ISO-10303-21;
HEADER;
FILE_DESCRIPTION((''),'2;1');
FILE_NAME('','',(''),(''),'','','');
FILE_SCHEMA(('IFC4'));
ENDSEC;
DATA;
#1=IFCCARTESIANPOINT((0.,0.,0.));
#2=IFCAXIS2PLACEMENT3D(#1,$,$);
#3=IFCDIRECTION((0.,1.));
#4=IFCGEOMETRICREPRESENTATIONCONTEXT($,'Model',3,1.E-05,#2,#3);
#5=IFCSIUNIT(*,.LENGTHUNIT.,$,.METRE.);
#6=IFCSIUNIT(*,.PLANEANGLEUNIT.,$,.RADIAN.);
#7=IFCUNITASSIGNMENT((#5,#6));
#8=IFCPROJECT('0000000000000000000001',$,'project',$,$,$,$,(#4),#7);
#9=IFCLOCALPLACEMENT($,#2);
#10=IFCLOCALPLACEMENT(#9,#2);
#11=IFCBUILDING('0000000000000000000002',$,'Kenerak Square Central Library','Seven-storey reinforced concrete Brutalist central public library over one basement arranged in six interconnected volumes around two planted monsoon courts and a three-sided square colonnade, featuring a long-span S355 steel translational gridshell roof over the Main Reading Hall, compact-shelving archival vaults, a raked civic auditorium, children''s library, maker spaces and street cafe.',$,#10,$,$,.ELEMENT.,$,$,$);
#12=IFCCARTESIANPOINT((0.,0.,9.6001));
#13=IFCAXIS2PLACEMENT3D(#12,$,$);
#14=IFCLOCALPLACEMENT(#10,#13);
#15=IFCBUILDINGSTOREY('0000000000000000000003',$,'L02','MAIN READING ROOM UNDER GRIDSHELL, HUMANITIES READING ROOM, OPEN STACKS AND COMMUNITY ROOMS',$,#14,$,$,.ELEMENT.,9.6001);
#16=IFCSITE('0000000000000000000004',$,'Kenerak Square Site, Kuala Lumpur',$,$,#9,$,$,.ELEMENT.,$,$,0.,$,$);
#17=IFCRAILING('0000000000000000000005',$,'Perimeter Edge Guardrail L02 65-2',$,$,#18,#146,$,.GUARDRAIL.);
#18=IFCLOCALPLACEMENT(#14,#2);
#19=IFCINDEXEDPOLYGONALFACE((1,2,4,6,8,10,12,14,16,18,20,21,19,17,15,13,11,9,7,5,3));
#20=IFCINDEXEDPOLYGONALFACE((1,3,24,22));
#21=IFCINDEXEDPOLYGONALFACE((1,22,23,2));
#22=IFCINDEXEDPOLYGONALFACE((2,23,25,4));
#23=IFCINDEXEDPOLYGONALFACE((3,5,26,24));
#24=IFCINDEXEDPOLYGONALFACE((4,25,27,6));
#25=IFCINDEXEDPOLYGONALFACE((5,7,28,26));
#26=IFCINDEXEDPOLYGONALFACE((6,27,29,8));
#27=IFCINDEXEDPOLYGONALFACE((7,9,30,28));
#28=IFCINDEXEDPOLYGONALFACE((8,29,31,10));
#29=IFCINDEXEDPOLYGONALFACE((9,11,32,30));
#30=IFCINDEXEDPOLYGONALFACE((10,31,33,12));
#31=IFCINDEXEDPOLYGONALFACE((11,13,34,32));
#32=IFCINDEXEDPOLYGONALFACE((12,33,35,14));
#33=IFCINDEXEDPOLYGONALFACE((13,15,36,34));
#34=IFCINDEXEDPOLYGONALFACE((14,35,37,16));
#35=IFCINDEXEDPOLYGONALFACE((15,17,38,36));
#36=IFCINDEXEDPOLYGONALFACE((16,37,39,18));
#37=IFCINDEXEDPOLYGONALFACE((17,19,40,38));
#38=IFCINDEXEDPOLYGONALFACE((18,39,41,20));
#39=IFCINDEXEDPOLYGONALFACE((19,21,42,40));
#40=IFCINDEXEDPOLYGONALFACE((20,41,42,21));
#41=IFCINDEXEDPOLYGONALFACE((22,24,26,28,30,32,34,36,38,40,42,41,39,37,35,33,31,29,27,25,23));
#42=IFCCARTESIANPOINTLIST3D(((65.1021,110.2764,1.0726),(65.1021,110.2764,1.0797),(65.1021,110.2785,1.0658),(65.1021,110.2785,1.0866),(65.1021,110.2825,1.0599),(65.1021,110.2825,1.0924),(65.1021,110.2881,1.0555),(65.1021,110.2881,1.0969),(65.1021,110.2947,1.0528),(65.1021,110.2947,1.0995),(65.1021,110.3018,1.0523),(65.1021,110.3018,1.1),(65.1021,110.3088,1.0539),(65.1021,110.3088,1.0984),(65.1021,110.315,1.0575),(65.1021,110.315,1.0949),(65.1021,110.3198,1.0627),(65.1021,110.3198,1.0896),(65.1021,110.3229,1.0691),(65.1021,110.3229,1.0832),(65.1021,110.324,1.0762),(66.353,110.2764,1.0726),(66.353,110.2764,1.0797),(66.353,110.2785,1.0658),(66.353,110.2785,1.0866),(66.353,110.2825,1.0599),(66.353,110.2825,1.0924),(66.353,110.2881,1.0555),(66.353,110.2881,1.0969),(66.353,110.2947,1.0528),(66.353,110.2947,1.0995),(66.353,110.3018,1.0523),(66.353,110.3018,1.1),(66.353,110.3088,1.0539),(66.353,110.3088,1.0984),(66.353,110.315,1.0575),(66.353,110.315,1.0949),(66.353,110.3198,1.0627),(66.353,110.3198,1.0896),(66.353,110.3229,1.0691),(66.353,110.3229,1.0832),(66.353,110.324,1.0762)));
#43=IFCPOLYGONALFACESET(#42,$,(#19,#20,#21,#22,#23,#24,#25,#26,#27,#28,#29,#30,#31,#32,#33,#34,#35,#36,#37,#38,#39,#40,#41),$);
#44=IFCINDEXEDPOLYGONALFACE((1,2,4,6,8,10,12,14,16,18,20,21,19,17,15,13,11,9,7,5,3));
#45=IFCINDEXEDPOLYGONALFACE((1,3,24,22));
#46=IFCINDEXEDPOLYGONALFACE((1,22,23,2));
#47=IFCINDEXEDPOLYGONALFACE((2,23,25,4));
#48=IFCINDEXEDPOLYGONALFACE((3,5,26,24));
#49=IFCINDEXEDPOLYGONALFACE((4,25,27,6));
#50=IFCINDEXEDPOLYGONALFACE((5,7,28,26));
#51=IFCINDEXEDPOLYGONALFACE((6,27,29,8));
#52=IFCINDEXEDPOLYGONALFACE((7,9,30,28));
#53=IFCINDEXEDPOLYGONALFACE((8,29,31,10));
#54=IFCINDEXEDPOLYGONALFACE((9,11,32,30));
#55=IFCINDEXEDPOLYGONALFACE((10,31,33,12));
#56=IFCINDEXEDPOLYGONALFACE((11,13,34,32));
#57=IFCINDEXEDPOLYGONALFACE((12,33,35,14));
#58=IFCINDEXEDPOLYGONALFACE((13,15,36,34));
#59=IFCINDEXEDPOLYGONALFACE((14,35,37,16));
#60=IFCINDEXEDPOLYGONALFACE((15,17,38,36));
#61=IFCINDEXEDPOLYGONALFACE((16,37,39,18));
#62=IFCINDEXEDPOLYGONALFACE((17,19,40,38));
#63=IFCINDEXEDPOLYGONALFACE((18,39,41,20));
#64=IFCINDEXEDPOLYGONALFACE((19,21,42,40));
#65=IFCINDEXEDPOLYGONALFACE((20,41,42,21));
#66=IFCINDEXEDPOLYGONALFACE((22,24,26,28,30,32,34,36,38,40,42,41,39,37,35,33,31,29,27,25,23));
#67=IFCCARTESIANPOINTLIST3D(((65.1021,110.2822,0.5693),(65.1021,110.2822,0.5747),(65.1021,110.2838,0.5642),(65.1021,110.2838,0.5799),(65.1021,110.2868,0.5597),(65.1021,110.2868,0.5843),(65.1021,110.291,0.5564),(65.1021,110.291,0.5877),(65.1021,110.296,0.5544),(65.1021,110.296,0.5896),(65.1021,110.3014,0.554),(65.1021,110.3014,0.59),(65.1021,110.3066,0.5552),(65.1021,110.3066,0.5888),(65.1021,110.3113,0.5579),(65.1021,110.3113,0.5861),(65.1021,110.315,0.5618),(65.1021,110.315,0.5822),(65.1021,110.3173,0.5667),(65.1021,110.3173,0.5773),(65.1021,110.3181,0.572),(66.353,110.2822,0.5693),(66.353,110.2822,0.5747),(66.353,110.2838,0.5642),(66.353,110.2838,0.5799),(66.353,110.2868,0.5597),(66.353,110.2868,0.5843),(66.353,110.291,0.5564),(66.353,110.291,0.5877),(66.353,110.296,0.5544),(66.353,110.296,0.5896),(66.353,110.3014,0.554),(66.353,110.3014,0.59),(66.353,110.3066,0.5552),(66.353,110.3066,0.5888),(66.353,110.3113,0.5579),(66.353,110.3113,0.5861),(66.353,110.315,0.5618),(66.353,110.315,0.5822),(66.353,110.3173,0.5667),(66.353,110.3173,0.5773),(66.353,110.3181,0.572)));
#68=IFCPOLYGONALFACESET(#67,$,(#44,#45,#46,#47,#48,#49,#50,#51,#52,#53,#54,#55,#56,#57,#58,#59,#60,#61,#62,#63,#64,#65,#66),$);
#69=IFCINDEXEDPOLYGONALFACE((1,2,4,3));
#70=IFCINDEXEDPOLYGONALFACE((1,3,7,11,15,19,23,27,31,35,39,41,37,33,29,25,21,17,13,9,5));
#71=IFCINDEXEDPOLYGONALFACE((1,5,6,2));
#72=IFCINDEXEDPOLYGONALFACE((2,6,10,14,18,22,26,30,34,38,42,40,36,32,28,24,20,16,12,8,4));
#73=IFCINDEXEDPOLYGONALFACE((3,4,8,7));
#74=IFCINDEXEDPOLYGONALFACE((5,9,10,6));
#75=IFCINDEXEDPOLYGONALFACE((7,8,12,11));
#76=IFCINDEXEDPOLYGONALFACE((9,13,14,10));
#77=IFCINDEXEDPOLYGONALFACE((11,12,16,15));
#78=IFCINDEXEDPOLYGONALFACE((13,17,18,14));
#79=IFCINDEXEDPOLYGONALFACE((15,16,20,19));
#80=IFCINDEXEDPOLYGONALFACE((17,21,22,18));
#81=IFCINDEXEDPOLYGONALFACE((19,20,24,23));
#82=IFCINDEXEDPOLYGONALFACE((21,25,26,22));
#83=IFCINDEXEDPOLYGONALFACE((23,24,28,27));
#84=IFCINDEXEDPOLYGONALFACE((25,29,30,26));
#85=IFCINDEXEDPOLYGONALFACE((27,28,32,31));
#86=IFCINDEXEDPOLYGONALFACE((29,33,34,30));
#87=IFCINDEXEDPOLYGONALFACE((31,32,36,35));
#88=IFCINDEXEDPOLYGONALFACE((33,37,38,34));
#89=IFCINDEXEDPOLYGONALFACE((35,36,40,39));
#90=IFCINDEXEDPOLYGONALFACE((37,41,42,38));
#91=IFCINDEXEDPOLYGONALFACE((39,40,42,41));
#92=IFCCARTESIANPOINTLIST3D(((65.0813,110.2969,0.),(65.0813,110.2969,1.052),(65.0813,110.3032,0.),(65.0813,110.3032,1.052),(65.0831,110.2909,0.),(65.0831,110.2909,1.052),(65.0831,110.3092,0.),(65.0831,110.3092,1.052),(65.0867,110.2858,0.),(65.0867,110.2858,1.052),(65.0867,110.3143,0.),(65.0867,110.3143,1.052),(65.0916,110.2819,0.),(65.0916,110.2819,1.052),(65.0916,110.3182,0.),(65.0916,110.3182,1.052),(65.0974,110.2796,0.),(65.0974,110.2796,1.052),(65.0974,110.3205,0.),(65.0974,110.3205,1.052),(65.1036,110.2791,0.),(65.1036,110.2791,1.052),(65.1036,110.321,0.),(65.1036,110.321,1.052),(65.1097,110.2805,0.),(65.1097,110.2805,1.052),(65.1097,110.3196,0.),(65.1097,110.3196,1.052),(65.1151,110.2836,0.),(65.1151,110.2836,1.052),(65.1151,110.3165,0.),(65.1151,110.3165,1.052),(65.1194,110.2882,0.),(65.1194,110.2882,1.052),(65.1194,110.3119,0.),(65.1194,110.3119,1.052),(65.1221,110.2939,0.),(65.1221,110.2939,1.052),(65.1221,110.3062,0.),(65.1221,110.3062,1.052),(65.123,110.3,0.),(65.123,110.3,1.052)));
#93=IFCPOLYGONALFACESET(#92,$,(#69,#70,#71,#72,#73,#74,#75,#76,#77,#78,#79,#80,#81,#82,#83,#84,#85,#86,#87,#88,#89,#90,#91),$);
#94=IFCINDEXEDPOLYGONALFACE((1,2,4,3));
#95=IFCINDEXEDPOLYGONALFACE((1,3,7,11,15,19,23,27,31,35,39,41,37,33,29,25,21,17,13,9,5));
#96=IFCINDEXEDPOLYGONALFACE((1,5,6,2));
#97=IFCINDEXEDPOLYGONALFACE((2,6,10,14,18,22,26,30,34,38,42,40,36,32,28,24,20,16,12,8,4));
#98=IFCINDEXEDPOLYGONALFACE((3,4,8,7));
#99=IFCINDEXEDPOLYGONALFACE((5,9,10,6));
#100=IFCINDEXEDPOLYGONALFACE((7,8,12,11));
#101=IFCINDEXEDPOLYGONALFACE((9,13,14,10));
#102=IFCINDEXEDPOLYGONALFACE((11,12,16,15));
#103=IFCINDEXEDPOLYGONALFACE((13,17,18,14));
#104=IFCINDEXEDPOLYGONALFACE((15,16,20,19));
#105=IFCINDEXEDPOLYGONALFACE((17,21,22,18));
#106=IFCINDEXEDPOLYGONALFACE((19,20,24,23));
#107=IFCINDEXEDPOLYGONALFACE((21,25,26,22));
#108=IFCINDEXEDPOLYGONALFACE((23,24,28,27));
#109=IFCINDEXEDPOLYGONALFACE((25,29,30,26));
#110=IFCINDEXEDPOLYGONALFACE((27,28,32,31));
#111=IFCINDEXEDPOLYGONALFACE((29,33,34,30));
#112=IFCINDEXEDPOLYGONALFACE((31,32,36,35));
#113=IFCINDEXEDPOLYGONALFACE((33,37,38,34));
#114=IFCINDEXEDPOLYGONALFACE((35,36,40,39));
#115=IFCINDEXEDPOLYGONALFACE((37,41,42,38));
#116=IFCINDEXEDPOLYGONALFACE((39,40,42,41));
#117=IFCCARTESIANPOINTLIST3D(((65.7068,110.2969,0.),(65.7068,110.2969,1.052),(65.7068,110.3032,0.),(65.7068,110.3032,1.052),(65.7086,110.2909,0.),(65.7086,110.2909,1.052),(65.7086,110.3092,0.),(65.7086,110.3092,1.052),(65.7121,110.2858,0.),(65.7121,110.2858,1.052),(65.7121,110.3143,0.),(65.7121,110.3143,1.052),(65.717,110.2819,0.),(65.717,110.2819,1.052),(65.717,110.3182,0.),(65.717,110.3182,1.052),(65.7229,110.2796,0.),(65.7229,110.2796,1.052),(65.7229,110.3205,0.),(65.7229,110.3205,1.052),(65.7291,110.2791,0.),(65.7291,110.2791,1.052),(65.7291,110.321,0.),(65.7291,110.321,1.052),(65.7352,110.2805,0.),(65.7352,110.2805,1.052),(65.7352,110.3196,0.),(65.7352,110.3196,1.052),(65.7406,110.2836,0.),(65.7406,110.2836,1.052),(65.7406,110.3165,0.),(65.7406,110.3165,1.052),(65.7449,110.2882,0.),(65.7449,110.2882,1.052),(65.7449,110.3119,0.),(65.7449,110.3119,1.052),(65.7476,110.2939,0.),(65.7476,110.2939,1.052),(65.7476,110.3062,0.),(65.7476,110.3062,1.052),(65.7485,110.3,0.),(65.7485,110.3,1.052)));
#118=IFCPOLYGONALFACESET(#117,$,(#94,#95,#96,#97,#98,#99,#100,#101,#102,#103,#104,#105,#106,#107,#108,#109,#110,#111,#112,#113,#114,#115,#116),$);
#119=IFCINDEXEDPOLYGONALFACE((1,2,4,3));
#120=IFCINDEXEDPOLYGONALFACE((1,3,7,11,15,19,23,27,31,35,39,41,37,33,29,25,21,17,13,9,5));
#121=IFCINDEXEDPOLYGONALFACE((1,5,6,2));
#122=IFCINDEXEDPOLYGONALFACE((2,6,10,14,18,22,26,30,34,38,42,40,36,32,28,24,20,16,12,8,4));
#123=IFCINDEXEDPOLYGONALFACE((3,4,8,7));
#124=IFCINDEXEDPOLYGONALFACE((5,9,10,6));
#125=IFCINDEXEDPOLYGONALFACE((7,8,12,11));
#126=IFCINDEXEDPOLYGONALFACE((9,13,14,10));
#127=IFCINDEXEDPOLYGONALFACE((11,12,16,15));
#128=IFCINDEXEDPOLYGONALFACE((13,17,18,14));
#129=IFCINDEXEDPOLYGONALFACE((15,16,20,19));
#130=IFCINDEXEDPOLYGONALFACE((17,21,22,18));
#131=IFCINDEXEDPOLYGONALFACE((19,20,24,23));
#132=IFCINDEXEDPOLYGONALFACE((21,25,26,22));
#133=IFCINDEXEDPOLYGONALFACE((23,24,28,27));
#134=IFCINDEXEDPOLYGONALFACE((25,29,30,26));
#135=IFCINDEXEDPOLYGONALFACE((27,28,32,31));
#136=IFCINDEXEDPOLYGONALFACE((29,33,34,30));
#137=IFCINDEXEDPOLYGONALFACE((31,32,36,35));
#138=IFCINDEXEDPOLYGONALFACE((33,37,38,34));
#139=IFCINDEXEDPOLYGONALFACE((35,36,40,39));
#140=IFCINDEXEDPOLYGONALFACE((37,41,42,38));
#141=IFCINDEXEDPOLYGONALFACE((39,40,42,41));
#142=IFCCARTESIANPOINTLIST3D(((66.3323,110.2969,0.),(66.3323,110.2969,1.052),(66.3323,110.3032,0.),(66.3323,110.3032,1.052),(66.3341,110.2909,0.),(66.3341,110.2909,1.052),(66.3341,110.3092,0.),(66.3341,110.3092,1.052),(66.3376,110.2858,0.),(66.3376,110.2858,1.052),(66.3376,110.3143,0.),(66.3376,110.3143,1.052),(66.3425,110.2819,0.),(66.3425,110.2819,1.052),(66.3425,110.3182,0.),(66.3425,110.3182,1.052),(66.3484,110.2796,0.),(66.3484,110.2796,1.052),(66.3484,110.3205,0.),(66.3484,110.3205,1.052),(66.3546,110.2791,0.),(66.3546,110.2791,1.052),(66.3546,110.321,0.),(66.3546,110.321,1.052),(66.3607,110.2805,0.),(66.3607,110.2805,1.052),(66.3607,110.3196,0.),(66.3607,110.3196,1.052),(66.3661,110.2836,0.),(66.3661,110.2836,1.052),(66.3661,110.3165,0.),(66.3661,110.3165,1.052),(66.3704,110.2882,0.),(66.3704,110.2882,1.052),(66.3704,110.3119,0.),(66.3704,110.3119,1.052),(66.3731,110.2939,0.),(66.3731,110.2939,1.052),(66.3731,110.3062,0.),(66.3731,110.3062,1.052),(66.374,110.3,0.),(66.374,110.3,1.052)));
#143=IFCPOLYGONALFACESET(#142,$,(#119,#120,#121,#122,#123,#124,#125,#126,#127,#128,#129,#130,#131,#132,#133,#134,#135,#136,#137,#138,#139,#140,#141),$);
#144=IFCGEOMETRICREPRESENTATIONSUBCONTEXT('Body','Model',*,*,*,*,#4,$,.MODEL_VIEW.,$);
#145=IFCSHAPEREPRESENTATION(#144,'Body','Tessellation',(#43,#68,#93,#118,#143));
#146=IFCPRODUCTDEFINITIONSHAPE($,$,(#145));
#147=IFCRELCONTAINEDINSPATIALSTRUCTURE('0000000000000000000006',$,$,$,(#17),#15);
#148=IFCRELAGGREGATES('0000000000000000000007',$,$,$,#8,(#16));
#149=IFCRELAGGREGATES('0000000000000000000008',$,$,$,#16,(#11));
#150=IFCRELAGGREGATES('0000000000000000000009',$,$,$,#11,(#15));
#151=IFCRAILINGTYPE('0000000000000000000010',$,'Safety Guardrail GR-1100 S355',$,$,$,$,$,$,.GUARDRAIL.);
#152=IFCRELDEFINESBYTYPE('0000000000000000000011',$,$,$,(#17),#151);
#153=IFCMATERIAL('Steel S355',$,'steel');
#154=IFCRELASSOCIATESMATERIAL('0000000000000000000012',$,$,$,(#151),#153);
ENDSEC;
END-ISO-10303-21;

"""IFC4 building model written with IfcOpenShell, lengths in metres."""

from ifc_helpers import new_model, si_unit, direction, frame, origin, origin_2d, place, context, subcontext, project, spatial, circle, extrude, material, type_object, element, save


model = new_model("IFC4")

# Units and contexts
model_context = context("Model", 3, precision=1e-05, world=origin(), true_north=direction((0.0, 1.0)))
body_context = subcontext(model_context, "Body", "Model", "MODEL_VIEW")
ifc_project = project(units=[si_unit("LENGTHUNIT", "METRE"), si_unit("PLANEANGLEUNIT", "RADIAN")], contexts=[model_context])

# Site, building, storey
site_placement = place(None, origin())
site = spatial("IfcSite", under=ifc_project, at=site_placement, Name="Kenerak Square Site, Kuala Lumpur", CompositionType="ELEMENT", RefElevation=0.0)
building_placement = place(site_placement, origin())
building = spatial("IfcBuilding", under=site, at=building_placement, Name="Kenerak Square Central Library", Description="Seven-storey reinforced concrete Brutalist central public library over one basement arranged in six interconnected volumes around two planted monsoon courts and a three-sided square colonnade, featuring a long-span S355 steel translational gridshell roof over the Main Reading Hall, compact-shelving archival vaults, a raked civic auditorium, children's library, maker spaces and street cafe.", CompositionType="ELEMENT")
storey_placement = place(building_placement, frame((0.0, 0.0, 9.6001)))
storey = spatial("IfcBuildingStorey", under=building, at=storey_placement, Name="L02", Description="MAIN READING ROOM UNDER GRIDSHELL, HUMANITIES READING ROOM, OPEN STACKS AND COMMUNITY ROOMS", CompositionType="ELEMENT", Elevation=9.6001)

# Shared definitions
ifc_material_1 = material(Name="Steel S355", Category="steel")

# Railing
railing_type_1 = type_object("IfcRailingType", Name="Safety Guardrail GR-1100 S355", PredefinedType="GUARDRAIL", material=ifc_material_1)
for number, where, name in (
    (1, (65.1021, 110.3, 0.0), "Perimeter Edge Guardrail L02 65-2"),
):
    element("IfcRailing", number, at=place(storey_placement, frame(where)), inside=storey, type_object=railing_type_1, Name=name, PredefinedType="GUARDRAIL", context=body_context, shape_type="SweptSolid", body=[
        extrude(circle(Radius=0.0239, at=origin_2d()), frame((0.0, 0.0, 1.0762), z_axis=(1.0, 0.0, 0.0), x_axis=(0.0, 1.0, 0.0)), (0.0, 0.0, 1.0), 1.251),
        extrude(circle(Radius=0.0181, at=origin_2d()), frame((0.0, 0.0, 0.572), z_axis=(1.0, 0.0, 0.0), x_axis=(0.0, 1.0, 0.0)), (0.0, 0.0, 1.0), 1.251),
        extrude(circle(Radius=0.021, at=origin_2d()), origin(), (0.0, 0.0, 1.0), 1.052),
        extrude(circle(Radius=0.021, at=origin_2d()), frame((0.6255, 0.0, 0.0)), (0.0, 0.0, 1.0), 1.052),
        extrude(circle(Radius=0.021, at=origin_2d()), frame((1.251, 0.0, 0.0)), (0.0, 0.0, 1.0), 1.052),
    ])

save(model, "model.ifc")
